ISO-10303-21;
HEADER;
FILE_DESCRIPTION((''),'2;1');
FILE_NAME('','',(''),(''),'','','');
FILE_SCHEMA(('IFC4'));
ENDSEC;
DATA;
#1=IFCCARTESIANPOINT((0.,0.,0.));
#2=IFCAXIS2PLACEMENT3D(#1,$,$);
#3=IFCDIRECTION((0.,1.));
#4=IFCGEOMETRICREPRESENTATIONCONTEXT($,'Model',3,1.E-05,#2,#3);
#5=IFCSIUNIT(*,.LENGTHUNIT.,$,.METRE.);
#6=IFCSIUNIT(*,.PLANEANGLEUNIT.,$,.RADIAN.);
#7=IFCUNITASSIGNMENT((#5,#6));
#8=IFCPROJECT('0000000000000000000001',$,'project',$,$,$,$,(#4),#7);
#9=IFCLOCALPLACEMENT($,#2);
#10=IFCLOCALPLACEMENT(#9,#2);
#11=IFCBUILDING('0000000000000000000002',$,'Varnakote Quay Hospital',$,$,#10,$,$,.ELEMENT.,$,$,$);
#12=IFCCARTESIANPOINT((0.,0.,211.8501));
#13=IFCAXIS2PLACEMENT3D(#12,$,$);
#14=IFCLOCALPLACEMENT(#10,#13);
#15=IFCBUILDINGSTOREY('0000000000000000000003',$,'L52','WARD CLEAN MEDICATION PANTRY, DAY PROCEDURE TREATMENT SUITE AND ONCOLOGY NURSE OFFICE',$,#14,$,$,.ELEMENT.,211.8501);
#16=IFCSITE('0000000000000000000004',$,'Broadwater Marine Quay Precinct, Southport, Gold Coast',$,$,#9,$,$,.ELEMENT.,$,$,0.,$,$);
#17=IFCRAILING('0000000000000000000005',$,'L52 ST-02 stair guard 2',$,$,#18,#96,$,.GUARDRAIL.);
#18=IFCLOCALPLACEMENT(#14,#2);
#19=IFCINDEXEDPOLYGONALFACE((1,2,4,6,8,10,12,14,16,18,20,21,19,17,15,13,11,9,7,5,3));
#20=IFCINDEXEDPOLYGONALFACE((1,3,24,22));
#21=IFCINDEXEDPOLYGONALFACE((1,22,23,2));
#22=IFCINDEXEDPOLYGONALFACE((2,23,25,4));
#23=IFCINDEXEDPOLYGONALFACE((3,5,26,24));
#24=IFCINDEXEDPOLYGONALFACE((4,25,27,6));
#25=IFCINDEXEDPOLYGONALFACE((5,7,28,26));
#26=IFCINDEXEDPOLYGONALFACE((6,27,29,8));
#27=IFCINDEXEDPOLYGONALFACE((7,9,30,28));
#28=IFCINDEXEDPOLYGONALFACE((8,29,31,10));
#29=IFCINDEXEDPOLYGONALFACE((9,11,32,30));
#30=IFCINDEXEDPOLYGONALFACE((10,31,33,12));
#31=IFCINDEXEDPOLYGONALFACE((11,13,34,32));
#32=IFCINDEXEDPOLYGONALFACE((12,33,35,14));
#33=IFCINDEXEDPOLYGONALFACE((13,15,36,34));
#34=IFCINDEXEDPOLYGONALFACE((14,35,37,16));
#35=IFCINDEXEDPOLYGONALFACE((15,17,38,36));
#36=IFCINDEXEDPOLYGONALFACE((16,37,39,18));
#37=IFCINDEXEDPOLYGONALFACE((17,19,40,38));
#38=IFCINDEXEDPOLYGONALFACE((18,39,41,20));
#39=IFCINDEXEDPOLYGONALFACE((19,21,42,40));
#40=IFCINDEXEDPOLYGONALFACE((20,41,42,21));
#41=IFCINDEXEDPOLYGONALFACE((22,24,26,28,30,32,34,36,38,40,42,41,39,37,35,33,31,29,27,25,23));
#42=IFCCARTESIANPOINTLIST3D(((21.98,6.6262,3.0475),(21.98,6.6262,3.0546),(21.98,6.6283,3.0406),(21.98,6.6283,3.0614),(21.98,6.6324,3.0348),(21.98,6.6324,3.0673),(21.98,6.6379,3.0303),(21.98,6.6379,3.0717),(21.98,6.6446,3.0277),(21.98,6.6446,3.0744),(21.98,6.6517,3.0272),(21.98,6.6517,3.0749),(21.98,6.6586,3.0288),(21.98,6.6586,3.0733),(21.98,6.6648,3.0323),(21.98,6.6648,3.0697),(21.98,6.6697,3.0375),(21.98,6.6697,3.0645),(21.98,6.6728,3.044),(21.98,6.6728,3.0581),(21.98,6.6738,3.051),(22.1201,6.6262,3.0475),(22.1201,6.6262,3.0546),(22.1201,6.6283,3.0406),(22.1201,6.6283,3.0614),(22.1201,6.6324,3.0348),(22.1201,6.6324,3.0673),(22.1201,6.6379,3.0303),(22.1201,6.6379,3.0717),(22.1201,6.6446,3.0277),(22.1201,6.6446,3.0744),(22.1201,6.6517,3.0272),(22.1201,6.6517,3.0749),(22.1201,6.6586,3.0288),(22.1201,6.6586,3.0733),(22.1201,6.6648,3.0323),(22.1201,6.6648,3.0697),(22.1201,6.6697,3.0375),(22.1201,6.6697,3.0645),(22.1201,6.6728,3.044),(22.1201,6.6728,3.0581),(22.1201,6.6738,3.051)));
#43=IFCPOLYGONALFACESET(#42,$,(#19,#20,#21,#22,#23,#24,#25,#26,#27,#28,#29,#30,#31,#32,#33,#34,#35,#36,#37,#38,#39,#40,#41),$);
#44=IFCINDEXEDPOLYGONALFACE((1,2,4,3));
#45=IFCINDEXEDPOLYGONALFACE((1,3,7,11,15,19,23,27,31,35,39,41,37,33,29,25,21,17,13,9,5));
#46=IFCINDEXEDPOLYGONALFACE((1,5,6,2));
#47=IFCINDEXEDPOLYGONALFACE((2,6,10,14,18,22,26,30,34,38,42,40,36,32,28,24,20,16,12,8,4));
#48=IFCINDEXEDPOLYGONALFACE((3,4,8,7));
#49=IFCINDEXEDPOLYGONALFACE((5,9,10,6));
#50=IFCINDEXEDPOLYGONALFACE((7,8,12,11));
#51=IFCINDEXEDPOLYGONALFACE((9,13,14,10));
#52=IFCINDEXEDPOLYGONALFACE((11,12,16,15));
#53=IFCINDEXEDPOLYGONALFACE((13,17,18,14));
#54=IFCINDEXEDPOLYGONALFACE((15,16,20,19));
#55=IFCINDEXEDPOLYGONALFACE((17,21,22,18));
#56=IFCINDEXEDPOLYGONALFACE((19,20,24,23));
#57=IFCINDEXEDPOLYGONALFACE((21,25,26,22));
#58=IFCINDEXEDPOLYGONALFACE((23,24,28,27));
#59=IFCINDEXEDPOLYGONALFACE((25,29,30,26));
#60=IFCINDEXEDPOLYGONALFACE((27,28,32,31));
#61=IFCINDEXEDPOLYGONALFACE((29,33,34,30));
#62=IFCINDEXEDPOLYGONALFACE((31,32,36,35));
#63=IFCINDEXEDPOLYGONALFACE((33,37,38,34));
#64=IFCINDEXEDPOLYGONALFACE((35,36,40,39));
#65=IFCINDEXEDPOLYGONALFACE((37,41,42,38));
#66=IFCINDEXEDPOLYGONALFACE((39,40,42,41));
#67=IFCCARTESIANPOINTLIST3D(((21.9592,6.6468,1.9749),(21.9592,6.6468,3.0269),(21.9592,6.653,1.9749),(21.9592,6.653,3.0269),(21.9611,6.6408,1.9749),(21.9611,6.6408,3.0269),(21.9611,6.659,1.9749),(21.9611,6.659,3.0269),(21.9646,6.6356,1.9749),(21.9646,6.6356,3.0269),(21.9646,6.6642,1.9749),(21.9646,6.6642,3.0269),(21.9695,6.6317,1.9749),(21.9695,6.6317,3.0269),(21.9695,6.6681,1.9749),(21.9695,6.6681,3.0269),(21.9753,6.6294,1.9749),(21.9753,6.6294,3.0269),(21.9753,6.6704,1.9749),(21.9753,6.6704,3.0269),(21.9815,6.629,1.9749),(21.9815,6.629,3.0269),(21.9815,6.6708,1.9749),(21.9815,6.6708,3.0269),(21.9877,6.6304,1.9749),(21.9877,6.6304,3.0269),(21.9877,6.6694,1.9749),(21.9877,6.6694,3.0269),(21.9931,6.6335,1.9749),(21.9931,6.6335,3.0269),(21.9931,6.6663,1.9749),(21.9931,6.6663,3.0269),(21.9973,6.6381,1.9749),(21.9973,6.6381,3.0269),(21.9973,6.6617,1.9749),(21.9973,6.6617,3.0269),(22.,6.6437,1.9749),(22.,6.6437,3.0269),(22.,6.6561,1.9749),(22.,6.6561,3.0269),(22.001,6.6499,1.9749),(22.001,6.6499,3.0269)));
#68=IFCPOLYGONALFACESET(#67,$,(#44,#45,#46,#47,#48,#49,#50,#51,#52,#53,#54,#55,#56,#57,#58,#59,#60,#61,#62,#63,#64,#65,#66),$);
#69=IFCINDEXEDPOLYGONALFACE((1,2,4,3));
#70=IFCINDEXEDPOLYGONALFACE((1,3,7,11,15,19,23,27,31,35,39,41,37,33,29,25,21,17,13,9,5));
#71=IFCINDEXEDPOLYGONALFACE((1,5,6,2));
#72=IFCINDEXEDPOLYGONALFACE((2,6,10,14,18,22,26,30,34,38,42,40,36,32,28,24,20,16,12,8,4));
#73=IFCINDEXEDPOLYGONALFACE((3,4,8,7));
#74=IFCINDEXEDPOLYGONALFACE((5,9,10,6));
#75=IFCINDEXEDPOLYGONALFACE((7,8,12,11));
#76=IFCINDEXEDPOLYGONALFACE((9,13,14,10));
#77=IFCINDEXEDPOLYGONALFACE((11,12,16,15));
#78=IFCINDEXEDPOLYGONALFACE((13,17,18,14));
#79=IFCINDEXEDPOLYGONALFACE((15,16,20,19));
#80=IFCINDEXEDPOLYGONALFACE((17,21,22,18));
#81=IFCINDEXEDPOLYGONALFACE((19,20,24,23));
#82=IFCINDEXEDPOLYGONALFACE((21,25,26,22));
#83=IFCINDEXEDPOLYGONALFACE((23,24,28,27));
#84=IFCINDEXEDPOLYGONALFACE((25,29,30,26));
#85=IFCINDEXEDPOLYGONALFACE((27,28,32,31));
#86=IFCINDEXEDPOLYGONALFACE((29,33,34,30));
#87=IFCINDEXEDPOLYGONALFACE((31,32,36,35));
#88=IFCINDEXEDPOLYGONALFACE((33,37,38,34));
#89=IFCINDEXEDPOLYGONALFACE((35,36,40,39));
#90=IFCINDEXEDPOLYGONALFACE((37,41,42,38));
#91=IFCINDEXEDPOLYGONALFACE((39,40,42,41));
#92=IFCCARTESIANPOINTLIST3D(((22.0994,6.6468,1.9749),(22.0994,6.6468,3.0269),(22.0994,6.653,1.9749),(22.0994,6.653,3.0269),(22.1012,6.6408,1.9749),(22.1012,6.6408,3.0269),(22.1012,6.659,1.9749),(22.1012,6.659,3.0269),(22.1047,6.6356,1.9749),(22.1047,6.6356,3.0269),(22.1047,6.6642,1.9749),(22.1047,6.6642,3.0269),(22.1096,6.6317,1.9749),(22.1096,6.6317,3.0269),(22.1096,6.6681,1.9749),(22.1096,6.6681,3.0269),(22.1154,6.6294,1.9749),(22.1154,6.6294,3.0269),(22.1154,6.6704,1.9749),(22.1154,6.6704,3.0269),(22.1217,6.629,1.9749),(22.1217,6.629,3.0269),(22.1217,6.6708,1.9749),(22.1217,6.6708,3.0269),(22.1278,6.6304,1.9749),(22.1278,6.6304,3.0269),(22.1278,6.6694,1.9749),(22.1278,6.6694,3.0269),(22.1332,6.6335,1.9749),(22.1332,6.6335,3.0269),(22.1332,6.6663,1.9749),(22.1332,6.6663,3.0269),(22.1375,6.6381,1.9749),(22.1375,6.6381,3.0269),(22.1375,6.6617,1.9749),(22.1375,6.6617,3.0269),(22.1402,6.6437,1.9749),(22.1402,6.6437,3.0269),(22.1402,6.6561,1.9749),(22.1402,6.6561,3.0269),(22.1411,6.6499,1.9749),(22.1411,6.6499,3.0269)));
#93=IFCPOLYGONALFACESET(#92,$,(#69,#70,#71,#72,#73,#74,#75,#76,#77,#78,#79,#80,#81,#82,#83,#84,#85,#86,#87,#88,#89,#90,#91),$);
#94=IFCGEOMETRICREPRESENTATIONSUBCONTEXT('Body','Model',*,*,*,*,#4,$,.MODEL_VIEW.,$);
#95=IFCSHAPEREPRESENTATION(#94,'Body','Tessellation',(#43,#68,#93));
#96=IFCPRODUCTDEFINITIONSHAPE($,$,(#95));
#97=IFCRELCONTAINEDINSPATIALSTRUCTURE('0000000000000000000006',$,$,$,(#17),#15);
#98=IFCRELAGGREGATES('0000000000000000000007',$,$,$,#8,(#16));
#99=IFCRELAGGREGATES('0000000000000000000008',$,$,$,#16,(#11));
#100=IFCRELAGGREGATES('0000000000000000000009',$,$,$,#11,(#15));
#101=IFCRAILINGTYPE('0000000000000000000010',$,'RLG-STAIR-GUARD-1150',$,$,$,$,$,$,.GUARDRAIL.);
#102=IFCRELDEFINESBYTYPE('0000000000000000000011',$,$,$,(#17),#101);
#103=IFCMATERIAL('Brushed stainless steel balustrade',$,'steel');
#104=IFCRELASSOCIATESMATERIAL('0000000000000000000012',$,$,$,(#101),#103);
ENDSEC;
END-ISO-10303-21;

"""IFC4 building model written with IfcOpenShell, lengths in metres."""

from ifc_helpers import new_model, si_unit, direction, frame, origin, origin_2d, place, context, subcontext, project, spatial, circle, extrude, material, type_object, element, save


model = new_model("IFC4")

# Units and contexts
model_context = context("Model", 3, precision=1e-05, world=origin(), true_north=direction((0.0, 1.0)))
body_context = subcontext(model_context, "Body", "Model", "MODEL_VIEW")
ifc_project = project(units=[si_unit("LENGTHUNIT", "METRE"), si_unit("PLANEANGLEUNIT", "RADIAN")], contexts=[model_context])

# Site, building, storey
site_placement = place(None, origin())
site = spatial("IfcSite", under=ifc_project, at=site_placement, Name="Broadwater Marine Quay Precinct, Southport, Gold Coast", CompositionType="ELEMENT", RefElevation=0.0)
building_placement = place(site_placement, origin())
building = spatial("IfcBuilding", under=site, at=building_placement, Name="Varnakote Quay Hospital", CompositionType="ELEMENT")
storey_placement = place(building_placement, frame((0.0, 0.0, 211.8501)))
storey = spatial("IfcBuildingStorey", under=building, at=storey_placement, Name="L52", Description="WARD CLEAN MEDICATION PANTRY, DAY PROCEDURE TREATMENT SUITE AND ONCOLOGY NURSE OFFICE", CompositionType="ELEMENT", Elevation=211.8501)

# Railing
ifc_material_1 = material(Name="Brushed stainless steel balustrade", Category="steel")
railing_type_1 = type_object("IfcRailingType", Name="RLG-STAIR-GUARD-1150", PredefinedType="GUARDRAIL", material=ifc_material_1)
railing_1_placement = place(storey_placement, frame((21.98, 6.6499, 1.9749)))
element("IfcRailing", 1, at=railing_1_placement, inside=storey, type_object=railing_type_1, Name="L52 ST-02 stair guard 2", PredefinedType="GUARDRAIL", context=body_context, shape_type="SweptSolid", body=[
    extrude(circle(Radius=0.0239, at=origin_2d()), frame((0.0, 0.0, 1.0762), z_axis=(1.0, 0.0, 0.0), x_axis=(0.0, 1.0, 0.0)), (0.0, 0.0, 1.0), 0.1401),
    extrude(circle(Radius=0.021, at=origin_2d()), origin(), (0.0, 0.0, 1.0), 1.052),
    extrude(circle(Radius=0.021, at=origin_2d()), frame((0.1401, 0.0, 0.0)), (0.0, 0.0, 1.0), 1.052),
])

save(model, "model.ifc")
